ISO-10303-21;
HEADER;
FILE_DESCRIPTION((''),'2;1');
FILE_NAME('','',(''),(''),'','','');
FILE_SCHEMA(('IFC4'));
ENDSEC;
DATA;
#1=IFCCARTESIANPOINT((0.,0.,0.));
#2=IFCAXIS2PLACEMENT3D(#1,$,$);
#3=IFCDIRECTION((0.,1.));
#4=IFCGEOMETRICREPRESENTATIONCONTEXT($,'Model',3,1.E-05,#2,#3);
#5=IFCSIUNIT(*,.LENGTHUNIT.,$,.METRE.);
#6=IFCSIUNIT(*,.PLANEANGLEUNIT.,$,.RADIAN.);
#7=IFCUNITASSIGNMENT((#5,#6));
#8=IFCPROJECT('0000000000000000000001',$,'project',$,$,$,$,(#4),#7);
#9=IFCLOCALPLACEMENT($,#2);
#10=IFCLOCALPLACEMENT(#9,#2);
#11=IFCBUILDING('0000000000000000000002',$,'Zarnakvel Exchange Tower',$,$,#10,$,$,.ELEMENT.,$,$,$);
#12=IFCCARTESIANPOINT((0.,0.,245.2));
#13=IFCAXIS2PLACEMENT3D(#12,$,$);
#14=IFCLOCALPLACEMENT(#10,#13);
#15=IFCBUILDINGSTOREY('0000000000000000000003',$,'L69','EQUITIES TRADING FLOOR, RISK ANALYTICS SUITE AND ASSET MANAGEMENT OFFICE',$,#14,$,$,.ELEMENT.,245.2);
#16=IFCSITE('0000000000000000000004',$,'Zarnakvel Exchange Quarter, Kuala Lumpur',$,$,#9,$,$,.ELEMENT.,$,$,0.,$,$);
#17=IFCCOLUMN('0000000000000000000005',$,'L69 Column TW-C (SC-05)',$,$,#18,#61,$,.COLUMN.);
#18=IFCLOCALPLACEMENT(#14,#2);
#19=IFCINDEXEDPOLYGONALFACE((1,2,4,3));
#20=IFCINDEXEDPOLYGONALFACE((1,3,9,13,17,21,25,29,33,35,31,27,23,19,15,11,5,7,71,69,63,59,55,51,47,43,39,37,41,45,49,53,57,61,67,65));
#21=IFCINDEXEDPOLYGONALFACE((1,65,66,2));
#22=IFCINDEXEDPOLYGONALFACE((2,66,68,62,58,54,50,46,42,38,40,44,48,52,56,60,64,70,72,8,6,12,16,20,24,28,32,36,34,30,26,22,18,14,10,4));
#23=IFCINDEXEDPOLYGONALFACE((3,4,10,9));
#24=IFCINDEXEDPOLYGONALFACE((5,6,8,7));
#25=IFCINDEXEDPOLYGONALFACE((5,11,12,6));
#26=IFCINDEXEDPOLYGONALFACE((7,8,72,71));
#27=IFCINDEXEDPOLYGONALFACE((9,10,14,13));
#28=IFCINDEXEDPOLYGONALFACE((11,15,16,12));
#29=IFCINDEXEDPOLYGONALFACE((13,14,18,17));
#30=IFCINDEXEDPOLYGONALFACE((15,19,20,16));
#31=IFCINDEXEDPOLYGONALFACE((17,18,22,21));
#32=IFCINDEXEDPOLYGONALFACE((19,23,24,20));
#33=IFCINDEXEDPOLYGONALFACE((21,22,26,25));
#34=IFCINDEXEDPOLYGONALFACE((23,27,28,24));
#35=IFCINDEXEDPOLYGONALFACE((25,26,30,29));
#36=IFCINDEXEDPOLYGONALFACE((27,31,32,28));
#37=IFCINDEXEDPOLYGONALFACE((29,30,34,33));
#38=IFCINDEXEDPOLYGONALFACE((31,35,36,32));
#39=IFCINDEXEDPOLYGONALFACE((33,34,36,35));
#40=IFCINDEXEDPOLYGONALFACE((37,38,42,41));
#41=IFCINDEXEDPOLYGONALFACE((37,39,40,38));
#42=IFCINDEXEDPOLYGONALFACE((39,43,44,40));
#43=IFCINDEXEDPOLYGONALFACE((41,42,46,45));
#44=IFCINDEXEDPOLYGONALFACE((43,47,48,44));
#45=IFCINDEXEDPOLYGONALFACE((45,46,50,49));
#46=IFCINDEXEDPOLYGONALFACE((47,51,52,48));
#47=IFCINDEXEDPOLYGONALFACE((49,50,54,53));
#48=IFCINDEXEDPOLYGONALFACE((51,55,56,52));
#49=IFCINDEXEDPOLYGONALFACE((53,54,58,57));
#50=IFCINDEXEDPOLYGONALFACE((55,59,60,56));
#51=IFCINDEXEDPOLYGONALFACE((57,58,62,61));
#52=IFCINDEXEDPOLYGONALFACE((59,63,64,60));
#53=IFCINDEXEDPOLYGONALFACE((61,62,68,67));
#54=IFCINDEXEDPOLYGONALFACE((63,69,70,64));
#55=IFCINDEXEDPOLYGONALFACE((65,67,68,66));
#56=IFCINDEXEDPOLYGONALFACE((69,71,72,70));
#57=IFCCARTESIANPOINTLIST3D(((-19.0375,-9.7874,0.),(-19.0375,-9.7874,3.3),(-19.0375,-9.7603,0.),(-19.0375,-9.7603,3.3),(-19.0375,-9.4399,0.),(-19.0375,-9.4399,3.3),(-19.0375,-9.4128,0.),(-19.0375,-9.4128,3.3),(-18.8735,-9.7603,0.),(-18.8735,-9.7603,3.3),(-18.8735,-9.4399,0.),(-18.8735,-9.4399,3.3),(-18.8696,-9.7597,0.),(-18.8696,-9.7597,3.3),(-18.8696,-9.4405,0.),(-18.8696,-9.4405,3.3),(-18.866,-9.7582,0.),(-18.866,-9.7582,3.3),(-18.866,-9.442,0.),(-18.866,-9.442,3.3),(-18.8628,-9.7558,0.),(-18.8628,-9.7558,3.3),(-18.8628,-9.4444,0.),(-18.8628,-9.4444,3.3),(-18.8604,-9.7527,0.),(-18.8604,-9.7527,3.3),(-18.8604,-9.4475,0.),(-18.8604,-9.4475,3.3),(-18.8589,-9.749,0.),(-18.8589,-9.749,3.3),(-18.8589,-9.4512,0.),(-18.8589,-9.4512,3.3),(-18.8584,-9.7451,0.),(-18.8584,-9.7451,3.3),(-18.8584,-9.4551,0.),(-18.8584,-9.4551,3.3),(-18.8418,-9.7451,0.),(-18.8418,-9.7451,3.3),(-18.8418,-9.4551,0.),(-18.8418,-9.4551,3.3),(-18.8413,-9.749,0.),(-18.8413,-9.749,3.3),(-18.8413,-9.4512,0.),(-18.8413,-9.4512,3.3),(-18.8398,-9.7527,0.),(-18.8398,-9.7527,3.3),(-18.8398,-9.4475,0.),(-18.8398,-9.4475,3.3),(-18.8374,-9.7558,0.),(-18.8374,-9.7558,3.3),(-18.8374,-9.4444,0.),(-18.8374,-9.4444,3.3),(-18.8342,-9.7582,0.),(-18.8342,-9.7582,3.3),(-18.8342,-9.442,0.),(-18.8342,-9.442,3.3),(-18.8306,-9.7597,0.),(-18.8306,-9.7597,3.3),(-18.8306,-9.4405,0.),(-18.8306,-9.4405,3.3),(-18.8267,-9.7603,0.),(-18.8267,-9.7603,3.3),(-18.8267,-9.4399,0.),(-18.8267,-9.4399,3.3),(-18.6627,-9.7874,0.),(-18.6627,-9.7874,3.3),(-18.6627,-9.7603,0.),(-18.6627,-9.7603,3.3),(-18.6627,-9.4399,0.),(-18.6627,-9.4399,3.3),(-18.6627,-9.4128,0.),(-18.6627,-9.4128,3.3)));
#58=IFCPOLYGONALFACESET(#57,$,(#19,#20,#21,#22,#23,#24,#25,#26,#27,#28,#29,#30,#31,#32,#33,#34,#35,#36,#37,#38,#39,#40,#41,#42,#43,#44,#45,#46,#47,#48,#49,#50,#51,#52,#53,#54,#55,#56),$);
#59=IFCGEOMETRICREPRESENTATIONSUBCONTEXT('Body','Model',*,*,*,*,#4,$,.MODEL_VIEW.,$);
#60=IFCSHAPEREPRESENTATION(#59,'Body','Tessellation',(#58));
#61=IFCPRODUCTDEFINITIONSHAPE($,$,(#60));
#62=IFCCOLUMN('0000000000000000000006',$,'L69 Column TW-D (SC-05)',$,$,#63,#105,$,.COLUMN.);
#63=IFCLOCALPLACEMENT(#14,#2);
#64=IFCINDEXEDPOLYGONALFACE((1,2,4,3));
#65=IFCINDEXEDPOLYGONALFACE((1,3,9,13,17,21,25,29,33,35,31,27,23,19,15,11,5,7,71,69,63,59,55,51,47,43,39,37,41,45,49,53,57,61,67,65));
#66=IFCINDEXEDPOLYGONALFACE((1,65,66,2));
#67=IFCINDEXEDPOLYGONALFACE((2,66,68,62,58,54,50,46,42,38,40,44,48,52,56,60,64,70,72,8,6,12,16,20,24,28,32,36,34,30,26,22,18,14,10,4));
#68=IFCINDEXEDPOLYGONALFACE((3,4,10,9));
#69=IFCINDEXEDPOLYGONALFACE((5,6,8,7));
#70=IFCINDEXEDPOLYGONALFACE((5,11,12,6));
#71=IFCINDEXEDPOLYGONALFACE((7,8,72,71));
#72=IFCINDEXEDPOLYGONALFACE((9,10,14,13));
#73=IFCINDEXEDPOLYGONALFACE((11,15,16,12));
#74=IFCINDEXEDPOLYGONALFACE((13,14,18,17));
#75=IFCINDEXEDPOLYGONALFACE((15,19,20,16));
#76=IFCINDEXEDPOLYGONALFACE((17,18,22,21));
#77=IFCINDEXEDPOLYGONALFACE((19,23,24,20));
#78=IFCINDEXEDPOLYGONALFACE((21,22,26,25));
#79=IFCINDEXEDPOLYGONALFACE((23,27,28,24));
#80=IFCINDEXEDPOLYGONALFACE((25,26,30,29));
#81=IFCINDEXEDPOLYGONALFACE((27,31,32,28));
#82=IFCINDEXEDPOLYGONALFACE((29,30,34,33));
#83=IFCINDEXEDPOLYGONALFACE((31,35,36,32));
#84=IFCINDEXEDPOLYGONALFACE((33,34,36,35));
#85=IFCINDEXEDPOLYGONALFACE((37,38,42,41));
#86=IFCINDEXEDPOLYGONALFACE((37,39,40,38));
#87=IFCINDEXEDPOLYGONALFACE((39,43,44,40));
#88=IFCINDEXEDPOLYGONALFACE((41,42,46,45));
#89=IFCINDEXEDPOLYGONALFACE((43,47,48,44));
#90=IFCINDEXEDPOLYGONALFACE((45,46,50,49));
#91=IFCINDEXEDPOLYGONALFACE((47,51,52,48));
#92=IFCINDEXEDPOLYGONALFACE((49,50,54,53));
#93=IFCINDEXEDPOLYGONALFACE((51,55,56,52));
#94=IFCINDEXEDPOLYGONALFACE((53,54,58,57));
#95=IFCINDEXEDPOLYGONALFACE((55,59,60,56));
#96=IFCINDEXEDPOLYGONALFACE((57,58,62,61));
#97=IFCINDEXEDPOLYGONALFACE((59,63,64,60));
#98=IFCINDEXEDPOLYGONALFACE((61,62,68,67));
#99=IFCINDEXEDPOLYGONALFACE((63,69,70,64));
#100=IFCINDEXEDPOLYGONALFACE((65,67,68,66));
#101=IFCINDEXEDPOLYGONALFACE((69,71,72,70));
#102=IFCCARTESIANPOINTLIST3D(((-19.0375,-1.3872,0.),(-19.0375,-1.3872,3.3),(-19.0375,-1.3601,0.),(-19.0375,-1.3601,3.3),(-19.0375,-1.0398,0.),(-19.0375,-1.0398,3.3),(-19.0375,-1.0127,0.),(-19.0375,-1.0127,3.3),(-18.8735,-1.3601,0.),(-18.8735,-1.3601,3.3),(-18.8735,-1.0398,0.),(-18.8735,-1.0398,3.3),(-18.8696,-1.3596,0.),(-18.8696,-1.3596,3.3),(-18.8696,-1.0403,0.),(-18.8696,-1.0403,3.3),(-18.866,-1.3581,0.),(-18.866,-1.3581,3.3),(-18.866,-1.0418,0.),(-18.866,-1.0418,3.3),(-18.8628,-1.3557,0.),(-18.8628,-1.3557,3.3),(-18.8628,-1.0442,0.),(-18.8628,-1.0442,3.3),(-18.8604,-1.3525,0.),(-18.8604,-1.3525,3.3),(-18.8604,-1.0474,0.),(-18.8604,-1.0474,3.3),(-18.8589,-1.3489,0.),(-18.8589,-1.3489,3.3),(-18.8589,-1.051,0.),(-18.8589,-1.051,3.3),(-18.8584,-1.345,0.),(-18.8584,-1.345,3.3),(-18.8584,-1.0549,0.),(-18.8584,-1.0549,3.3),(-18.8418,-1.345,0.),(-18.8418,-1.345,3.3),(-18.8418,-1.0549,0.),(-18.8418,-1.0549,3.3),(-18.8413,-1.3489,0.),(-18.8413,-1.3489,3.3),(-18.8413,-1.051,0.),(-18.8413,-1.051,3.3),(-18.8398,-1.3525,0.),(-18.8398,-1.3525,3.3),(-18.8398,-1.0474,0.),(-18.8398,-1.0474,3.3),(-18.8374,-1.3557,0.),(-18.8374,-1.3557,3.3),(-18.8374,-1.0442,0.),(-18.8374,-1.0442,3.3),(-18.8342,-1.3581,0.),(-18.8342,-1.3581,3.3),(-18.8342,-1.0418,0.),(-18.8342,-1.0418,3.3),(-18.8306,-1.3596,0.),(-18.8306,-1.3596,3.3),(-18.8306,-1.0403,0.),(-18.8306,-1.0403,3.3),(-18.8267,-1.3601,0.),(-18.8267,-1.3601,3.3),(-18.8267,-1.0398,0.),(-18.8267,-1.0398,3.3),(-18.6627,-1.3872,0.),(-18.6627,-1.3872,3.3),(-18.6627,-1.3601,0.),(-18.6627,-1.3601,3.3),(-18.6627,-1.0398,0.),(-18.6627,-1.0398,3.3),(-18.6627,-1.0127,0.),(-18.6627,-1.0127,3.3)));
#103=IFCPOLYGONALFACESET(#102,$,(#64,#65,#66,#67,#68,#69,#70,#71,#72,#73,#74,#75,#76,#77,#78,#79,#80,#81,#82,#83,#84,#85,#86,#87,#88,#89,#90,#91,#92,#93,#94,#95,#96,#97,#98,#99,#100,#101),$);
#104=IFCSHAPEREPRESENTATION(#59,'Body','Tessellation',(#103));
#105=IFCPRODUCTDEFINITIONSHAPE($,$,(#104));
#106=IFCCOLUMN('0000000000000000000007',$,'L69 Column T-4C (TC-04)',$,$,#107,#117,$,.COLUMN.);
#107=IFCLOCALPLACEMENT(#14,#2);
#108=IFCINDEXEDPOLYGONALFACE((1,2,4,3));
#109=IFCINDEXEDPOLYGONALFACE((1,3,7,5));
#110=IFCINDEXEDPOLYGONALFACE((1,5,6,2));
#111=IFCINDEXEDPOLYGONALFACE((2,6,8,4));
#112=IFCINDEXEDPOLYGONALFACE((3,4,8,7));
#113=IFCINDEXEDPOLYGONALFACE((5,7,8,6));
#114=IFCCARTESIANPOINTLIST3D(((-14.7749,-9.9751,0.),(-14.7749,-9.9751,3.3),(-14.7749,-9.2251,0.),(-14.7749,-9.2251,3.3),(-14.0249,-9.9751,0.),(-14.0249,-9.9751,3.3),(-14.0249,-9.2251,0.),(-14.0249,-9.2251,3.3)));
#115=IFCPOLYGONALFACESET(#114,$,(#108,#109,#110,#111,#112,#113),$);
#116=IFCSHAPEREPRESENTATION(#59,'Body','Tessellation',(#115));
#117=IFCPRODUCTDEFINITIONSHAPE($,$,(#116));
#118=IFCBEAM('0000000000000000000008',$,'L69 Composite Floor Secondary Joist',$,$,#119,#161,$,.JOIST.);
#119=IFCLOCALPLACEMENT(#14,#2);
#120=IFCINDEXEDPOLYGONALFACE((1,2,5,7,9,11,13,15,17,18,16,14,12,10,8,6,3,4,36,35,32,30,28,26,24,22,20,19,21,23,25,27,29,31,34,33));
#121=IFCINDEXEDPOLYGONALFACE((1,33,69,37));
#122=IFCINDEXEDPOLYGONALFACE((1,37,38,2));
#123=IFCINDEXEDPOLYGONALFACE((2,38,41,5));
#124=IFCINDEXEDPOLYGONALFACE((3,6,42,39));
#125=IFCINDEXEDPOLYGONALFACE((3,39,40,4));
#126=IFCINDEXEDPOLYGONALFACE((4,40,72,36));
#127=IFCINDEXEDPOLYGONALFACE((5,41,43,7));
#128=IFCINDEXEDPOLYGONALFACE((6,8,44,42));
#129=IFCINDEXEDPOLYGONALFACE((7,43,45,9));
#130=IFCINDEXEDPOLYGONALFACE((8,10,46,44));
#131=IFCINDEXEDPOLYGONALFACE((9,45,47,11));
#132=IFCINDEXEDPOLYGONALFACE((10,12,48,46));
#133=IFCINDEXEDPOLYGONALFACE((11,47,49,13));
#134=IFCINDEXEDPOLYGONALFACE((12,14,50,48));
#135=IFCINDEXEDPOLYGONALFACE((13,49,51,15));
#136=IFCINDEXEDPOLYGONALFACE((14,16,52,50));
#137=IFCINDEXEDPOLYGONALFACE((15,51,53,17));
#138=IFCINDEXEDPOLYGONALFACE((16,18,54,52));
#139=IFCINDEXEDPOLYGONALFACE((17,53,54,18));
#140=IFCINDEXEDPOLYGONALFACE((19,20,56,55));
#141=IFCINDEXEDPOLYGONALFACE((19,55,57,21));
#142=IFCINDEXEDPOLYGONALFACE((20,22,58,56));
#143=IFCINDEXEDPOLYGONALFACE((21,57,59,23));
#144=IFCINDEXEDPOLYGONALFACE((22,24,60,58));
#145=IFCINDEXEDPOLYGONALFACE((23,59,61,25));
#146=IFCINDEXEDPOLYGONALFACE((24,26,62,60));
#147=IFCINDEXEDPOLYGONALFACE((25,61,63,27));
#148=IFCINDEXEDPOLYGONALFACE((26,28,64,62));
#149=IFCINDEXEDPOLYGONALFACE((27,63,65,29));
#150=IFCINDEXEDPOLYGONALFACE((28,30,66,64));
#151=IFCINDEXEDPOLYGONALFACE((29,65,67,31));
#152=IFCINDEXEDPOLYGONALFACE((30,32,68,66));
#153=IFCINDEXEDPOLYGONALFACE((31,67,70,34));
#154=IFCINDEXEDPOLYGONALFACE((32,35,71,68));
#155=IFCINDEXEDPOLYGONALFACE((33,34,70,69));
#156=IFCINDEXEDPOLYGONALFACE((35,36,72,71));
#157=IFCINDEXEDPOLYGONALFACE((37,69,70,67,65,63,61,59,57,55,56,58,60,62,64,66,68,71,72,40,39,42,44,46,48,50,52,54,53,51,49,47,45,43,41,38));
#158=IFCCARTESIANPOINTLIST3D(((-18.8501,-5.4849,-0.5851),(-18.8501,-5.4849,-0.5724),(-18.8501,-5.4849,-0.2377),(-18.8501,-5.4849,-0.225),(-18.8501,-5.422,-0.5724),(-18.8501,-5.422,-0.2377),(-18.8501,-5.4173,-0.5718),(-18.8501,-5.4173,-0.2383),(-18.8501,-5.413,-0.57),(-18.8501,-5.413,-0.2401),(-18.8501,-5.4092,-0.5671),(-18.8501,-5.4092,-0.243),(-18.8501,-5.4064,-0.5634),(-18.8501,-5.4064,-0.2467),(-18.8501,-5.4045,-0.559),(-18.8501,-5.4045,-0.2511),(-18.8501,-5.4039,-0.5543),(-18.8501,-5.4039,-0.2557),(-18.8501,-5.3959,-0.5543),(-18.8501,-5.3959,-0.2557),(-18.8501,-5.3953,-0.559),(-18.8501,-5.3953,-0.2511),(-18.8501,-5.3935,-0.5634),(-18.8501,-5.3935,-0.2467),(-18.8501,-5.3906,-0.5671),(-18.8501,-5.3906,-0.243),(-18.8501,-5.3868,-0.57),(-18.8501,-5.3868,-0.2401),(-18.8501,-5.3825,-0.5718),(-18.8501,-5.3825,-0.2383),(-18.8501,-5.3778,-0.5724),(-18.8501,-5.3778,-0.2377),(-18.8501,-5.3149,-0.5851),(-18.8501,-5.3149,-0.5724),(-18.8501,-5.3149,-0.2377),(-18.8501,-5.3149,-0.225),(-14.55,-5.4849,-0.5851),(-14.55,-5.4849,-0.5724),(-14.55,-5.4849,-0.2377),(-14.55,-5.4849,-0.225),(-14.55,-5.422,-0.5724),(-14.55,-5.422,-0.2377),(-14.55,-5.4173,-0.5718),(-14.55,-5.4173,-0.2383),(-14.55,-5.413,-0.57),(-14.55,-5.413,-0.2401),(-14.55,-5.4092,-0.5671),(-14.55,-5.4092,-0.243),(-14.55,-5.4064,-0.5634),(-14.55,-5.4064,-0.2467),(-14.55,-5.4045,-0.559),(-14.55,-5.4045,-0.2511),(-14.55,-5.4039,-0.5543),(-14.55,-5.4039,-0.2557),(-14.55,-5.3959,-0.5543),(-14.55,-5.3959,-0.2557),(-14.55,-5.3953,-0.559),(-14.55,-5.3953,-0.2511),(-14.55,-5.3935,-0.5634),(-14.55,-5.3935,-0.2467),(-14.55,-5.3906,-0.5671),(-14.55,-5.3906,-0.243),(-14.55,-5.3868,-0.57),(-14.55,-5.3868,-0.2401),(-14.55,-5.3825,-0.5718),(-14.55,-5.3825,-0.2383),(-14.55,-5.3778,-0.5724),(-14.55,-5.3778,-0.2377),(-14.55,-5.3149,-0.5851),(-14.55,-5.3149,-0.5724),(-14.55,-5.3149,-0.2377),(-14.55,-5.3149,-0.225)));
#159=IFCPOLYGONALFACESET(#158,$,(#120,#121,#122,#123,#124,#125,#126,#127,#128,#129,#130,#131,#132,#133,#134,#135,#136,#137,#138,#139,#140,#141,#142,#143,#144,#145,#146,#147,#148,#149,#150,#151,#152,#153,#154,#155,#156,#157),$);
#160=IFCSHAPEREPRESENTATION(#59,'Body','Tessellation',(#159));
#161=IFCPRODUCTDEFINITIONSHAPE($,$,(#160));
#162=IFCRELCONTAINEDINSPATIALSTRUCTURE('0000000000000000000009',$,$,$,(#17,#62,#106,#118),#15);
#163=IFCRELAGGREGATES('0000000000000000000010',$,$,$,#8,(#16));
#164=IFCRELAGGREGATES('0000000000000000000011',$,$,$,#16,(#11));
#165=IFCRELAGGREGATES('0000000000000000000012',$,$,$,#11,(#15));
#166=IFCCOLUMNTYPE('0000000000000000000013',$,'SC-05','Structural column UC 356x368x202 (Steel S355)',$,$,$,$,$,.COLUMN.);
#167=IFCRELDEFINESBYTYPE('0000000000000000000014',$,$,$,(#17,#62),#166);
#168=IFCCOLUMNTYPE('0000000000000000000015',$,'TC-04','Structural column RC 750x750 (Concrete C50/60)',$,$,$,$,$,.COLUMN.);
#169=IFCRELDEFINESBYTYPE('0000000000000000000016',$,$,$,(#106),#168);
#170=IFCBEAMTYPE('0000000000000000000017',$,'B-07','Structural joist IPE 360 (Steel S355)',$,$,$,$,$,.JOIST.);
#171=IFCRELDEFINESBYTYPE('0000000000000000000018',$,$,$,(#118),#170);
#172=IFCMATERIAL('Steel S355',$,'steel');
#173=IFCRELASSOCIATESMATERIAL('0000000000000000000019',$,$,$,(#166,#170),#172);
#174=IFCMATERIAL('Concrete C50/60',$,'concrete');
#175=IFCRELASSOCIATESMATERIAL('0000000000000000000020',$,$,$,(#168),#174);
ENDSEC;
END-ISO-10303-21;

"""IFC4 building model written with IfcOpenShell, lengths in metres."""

from ifc_helpers import new_model, si_unit, direction, frame, origin, origin_2d, place, context, subcontext, project, spatial, rectangle, i_section, extrude, material, material_profile, profile_set, type_object, element, save


model = new_model("IFC4")

# Units and contexts
model_context = context("Model", 3, precision=1e-05, world=origin(), true_north=direction((0.0, 1.0)))
body_context = subcontext(model_context, "Body", "Model", "MODEL_VIEW")
ifc_project = project(units=[si_unit("LENGTHUNIT", "METRE"), si_unit("PLANEANGLEUNIT", "RADIAN")], contexts=[model_context])

# Site, building, storey
site_placement = place(None, origin())
site = spatial("IfcSite", under=ifc_project, at=site_placement, Name="Zarnakvel Exchange Quarter, Kuala Lumpur", CompositionType="ELEMENT", RefElevation=0.0)
building_placement = place(site_placement, origin())
building = spatial("IfcBuilding", under=site, at=building_placement, Name="Zarnakvel Exchange Tower", CompositionType="ELEMENT")
storey_placement = place(building_placement, frame((0.0, 0.0, 245.2)))
storey = spatial("IfcBuildingStorey", under=building, at=storey_placement, Name="L69", Description="EQUITIES TRADING FLOOR, RISK ANALYTICS SUITE AND ASSET MANAGEMENT OFFICE", CompositionType="ELEMENT", Elevation=245.2)

# Columns
ifc_material_1 = material(Name="Steel S355", Category="steel")
ifc_material_profile_1 = material_profile(ifc_material_1, i_section(OverallWidth=0.3748, OverallDepth=0.3745, WebThickness=0.0166, FlangeThickness=0.0271, FilletRadius=0.0151, at=origin_2d()))
ifc_profile_set_1 = profile_set([ifc_material_profile_1], Name="Steel S355")
column_type_1 = type_object("IfcColumnType", Name="SC-05", Description="Structural column UC 356x368x202 (Steel S355)", PredefinedType="COLUMN", material=ifc_profile_set_1)
for number, where, z_axis, x_axis, name in (
    (1, (-18.8501, -9.6001, 0.0), (0.0, 0.0, 1.0), (1.0, 0.0, 0.0), "L69 Column TW-C (SC-05)"),
    (2, (-18.8501, -1.2, 0.0), (0.0, 0.0, 1.0), (1.0, 0.0, 0.0), "L69 Column TW-D (SC-05)"),
):
    element("IfcColumn", number, at=place(storey_placement, frame(where, z_axis=z_axis, x_axis=x_axis)), inside=storey, type_object=column_type_1, Name=name, PredefinedType="COLUMN", context=body_context, shape_type="SweptSolid", body=[
        extrude(i_section(OverallWidth=0.3748, OverallDepth=0.3745, WebThickness=0.0166, FlangeThickness=0.0271, FilletRadius=0.0151, at=origin_2d()), origin(), (0.0, 0.0, 1.0), 3.3),
    ])
ifc_material_2 = material(Name="Concrete C50/60", Category="concrete")
ifc_material_profile_2 = material_profile(ifc_material_2, rectangle(XDim=0.75, YDim=0.75, at=origin_2d()))
ifc_profile_set_2 = profile_set([ifc_material_profile_2], Name="Concrete C50/60")
column_type_2 = type_object("IfcColumnType", Name="TC-04", Description="Structural column RC 750x750 (Concrete C50/60)", PredefinedType="COLUMN", material=ifc_profile_set_2)
column_placement = place(storey_placement, frame((-14.3999, -9.6001, 0.0), z_axis=(0.0, 0.0, 1.0), x_axis=(1.0, 0.0, 0.0)))
element("IfcColumn", 3, at=column_placement, inside=storey, type_object=column_type_2, Name="L69 Column T-4C (TC-04)", PredefinedType="COLUMN", context=body_context, shape_type="SweptSolid", body=[
    extrude(rectangle(XDim=0.75, YDim=0.75, at=origin_2d()), origin(), (0.0, 0.0, 1.0), 3.3),
])

# Beam
ifc_material_profile_3 = material_profile(ifc_material_1, i_section(OverallWidth=0.1699, OverallDepth=0.3601, WebThickness=0.0081, FlangeThickness=0.0127, FilletRadius=0.0181, at=origin_2d()))
ifc_profile_set_3 = profile_set([ifc_material_profile_3], Name="Steel S355")
beam_type_1 = type_object("IfcBeamType", Name="B-07", Description="Structural joist IPE 360 (Steel S355)", PredefinedType="JOIST", material=ifc_profile_set_3)
beam_1_placement = place(storey_placement, frame((-18.8501, -5.3999, -0.405), z_axis=(1.0, 0.0, 0.0), x_axis=(0.0, 1.0, 0.0)))
element("IfcBeam", 4, at=beam_1_placement, inside=storey, type_object=beam_type_1, Name="L69 Composite Floor Secondary Joist", PredefinedType="JOIST", context=body_context, shape_type="SweptSolid", body=[
    extrude(i_section(OverallWidth=0.1699, OverallDepth=0.3601, WebThickness=0.0081, FlangeThickness=0.0127, FilletRadius=0.0181, at=origin_2d()), origin(), (0.0, 0.0, 1.0), 4.3),
])

save(model, "model.ifc")
